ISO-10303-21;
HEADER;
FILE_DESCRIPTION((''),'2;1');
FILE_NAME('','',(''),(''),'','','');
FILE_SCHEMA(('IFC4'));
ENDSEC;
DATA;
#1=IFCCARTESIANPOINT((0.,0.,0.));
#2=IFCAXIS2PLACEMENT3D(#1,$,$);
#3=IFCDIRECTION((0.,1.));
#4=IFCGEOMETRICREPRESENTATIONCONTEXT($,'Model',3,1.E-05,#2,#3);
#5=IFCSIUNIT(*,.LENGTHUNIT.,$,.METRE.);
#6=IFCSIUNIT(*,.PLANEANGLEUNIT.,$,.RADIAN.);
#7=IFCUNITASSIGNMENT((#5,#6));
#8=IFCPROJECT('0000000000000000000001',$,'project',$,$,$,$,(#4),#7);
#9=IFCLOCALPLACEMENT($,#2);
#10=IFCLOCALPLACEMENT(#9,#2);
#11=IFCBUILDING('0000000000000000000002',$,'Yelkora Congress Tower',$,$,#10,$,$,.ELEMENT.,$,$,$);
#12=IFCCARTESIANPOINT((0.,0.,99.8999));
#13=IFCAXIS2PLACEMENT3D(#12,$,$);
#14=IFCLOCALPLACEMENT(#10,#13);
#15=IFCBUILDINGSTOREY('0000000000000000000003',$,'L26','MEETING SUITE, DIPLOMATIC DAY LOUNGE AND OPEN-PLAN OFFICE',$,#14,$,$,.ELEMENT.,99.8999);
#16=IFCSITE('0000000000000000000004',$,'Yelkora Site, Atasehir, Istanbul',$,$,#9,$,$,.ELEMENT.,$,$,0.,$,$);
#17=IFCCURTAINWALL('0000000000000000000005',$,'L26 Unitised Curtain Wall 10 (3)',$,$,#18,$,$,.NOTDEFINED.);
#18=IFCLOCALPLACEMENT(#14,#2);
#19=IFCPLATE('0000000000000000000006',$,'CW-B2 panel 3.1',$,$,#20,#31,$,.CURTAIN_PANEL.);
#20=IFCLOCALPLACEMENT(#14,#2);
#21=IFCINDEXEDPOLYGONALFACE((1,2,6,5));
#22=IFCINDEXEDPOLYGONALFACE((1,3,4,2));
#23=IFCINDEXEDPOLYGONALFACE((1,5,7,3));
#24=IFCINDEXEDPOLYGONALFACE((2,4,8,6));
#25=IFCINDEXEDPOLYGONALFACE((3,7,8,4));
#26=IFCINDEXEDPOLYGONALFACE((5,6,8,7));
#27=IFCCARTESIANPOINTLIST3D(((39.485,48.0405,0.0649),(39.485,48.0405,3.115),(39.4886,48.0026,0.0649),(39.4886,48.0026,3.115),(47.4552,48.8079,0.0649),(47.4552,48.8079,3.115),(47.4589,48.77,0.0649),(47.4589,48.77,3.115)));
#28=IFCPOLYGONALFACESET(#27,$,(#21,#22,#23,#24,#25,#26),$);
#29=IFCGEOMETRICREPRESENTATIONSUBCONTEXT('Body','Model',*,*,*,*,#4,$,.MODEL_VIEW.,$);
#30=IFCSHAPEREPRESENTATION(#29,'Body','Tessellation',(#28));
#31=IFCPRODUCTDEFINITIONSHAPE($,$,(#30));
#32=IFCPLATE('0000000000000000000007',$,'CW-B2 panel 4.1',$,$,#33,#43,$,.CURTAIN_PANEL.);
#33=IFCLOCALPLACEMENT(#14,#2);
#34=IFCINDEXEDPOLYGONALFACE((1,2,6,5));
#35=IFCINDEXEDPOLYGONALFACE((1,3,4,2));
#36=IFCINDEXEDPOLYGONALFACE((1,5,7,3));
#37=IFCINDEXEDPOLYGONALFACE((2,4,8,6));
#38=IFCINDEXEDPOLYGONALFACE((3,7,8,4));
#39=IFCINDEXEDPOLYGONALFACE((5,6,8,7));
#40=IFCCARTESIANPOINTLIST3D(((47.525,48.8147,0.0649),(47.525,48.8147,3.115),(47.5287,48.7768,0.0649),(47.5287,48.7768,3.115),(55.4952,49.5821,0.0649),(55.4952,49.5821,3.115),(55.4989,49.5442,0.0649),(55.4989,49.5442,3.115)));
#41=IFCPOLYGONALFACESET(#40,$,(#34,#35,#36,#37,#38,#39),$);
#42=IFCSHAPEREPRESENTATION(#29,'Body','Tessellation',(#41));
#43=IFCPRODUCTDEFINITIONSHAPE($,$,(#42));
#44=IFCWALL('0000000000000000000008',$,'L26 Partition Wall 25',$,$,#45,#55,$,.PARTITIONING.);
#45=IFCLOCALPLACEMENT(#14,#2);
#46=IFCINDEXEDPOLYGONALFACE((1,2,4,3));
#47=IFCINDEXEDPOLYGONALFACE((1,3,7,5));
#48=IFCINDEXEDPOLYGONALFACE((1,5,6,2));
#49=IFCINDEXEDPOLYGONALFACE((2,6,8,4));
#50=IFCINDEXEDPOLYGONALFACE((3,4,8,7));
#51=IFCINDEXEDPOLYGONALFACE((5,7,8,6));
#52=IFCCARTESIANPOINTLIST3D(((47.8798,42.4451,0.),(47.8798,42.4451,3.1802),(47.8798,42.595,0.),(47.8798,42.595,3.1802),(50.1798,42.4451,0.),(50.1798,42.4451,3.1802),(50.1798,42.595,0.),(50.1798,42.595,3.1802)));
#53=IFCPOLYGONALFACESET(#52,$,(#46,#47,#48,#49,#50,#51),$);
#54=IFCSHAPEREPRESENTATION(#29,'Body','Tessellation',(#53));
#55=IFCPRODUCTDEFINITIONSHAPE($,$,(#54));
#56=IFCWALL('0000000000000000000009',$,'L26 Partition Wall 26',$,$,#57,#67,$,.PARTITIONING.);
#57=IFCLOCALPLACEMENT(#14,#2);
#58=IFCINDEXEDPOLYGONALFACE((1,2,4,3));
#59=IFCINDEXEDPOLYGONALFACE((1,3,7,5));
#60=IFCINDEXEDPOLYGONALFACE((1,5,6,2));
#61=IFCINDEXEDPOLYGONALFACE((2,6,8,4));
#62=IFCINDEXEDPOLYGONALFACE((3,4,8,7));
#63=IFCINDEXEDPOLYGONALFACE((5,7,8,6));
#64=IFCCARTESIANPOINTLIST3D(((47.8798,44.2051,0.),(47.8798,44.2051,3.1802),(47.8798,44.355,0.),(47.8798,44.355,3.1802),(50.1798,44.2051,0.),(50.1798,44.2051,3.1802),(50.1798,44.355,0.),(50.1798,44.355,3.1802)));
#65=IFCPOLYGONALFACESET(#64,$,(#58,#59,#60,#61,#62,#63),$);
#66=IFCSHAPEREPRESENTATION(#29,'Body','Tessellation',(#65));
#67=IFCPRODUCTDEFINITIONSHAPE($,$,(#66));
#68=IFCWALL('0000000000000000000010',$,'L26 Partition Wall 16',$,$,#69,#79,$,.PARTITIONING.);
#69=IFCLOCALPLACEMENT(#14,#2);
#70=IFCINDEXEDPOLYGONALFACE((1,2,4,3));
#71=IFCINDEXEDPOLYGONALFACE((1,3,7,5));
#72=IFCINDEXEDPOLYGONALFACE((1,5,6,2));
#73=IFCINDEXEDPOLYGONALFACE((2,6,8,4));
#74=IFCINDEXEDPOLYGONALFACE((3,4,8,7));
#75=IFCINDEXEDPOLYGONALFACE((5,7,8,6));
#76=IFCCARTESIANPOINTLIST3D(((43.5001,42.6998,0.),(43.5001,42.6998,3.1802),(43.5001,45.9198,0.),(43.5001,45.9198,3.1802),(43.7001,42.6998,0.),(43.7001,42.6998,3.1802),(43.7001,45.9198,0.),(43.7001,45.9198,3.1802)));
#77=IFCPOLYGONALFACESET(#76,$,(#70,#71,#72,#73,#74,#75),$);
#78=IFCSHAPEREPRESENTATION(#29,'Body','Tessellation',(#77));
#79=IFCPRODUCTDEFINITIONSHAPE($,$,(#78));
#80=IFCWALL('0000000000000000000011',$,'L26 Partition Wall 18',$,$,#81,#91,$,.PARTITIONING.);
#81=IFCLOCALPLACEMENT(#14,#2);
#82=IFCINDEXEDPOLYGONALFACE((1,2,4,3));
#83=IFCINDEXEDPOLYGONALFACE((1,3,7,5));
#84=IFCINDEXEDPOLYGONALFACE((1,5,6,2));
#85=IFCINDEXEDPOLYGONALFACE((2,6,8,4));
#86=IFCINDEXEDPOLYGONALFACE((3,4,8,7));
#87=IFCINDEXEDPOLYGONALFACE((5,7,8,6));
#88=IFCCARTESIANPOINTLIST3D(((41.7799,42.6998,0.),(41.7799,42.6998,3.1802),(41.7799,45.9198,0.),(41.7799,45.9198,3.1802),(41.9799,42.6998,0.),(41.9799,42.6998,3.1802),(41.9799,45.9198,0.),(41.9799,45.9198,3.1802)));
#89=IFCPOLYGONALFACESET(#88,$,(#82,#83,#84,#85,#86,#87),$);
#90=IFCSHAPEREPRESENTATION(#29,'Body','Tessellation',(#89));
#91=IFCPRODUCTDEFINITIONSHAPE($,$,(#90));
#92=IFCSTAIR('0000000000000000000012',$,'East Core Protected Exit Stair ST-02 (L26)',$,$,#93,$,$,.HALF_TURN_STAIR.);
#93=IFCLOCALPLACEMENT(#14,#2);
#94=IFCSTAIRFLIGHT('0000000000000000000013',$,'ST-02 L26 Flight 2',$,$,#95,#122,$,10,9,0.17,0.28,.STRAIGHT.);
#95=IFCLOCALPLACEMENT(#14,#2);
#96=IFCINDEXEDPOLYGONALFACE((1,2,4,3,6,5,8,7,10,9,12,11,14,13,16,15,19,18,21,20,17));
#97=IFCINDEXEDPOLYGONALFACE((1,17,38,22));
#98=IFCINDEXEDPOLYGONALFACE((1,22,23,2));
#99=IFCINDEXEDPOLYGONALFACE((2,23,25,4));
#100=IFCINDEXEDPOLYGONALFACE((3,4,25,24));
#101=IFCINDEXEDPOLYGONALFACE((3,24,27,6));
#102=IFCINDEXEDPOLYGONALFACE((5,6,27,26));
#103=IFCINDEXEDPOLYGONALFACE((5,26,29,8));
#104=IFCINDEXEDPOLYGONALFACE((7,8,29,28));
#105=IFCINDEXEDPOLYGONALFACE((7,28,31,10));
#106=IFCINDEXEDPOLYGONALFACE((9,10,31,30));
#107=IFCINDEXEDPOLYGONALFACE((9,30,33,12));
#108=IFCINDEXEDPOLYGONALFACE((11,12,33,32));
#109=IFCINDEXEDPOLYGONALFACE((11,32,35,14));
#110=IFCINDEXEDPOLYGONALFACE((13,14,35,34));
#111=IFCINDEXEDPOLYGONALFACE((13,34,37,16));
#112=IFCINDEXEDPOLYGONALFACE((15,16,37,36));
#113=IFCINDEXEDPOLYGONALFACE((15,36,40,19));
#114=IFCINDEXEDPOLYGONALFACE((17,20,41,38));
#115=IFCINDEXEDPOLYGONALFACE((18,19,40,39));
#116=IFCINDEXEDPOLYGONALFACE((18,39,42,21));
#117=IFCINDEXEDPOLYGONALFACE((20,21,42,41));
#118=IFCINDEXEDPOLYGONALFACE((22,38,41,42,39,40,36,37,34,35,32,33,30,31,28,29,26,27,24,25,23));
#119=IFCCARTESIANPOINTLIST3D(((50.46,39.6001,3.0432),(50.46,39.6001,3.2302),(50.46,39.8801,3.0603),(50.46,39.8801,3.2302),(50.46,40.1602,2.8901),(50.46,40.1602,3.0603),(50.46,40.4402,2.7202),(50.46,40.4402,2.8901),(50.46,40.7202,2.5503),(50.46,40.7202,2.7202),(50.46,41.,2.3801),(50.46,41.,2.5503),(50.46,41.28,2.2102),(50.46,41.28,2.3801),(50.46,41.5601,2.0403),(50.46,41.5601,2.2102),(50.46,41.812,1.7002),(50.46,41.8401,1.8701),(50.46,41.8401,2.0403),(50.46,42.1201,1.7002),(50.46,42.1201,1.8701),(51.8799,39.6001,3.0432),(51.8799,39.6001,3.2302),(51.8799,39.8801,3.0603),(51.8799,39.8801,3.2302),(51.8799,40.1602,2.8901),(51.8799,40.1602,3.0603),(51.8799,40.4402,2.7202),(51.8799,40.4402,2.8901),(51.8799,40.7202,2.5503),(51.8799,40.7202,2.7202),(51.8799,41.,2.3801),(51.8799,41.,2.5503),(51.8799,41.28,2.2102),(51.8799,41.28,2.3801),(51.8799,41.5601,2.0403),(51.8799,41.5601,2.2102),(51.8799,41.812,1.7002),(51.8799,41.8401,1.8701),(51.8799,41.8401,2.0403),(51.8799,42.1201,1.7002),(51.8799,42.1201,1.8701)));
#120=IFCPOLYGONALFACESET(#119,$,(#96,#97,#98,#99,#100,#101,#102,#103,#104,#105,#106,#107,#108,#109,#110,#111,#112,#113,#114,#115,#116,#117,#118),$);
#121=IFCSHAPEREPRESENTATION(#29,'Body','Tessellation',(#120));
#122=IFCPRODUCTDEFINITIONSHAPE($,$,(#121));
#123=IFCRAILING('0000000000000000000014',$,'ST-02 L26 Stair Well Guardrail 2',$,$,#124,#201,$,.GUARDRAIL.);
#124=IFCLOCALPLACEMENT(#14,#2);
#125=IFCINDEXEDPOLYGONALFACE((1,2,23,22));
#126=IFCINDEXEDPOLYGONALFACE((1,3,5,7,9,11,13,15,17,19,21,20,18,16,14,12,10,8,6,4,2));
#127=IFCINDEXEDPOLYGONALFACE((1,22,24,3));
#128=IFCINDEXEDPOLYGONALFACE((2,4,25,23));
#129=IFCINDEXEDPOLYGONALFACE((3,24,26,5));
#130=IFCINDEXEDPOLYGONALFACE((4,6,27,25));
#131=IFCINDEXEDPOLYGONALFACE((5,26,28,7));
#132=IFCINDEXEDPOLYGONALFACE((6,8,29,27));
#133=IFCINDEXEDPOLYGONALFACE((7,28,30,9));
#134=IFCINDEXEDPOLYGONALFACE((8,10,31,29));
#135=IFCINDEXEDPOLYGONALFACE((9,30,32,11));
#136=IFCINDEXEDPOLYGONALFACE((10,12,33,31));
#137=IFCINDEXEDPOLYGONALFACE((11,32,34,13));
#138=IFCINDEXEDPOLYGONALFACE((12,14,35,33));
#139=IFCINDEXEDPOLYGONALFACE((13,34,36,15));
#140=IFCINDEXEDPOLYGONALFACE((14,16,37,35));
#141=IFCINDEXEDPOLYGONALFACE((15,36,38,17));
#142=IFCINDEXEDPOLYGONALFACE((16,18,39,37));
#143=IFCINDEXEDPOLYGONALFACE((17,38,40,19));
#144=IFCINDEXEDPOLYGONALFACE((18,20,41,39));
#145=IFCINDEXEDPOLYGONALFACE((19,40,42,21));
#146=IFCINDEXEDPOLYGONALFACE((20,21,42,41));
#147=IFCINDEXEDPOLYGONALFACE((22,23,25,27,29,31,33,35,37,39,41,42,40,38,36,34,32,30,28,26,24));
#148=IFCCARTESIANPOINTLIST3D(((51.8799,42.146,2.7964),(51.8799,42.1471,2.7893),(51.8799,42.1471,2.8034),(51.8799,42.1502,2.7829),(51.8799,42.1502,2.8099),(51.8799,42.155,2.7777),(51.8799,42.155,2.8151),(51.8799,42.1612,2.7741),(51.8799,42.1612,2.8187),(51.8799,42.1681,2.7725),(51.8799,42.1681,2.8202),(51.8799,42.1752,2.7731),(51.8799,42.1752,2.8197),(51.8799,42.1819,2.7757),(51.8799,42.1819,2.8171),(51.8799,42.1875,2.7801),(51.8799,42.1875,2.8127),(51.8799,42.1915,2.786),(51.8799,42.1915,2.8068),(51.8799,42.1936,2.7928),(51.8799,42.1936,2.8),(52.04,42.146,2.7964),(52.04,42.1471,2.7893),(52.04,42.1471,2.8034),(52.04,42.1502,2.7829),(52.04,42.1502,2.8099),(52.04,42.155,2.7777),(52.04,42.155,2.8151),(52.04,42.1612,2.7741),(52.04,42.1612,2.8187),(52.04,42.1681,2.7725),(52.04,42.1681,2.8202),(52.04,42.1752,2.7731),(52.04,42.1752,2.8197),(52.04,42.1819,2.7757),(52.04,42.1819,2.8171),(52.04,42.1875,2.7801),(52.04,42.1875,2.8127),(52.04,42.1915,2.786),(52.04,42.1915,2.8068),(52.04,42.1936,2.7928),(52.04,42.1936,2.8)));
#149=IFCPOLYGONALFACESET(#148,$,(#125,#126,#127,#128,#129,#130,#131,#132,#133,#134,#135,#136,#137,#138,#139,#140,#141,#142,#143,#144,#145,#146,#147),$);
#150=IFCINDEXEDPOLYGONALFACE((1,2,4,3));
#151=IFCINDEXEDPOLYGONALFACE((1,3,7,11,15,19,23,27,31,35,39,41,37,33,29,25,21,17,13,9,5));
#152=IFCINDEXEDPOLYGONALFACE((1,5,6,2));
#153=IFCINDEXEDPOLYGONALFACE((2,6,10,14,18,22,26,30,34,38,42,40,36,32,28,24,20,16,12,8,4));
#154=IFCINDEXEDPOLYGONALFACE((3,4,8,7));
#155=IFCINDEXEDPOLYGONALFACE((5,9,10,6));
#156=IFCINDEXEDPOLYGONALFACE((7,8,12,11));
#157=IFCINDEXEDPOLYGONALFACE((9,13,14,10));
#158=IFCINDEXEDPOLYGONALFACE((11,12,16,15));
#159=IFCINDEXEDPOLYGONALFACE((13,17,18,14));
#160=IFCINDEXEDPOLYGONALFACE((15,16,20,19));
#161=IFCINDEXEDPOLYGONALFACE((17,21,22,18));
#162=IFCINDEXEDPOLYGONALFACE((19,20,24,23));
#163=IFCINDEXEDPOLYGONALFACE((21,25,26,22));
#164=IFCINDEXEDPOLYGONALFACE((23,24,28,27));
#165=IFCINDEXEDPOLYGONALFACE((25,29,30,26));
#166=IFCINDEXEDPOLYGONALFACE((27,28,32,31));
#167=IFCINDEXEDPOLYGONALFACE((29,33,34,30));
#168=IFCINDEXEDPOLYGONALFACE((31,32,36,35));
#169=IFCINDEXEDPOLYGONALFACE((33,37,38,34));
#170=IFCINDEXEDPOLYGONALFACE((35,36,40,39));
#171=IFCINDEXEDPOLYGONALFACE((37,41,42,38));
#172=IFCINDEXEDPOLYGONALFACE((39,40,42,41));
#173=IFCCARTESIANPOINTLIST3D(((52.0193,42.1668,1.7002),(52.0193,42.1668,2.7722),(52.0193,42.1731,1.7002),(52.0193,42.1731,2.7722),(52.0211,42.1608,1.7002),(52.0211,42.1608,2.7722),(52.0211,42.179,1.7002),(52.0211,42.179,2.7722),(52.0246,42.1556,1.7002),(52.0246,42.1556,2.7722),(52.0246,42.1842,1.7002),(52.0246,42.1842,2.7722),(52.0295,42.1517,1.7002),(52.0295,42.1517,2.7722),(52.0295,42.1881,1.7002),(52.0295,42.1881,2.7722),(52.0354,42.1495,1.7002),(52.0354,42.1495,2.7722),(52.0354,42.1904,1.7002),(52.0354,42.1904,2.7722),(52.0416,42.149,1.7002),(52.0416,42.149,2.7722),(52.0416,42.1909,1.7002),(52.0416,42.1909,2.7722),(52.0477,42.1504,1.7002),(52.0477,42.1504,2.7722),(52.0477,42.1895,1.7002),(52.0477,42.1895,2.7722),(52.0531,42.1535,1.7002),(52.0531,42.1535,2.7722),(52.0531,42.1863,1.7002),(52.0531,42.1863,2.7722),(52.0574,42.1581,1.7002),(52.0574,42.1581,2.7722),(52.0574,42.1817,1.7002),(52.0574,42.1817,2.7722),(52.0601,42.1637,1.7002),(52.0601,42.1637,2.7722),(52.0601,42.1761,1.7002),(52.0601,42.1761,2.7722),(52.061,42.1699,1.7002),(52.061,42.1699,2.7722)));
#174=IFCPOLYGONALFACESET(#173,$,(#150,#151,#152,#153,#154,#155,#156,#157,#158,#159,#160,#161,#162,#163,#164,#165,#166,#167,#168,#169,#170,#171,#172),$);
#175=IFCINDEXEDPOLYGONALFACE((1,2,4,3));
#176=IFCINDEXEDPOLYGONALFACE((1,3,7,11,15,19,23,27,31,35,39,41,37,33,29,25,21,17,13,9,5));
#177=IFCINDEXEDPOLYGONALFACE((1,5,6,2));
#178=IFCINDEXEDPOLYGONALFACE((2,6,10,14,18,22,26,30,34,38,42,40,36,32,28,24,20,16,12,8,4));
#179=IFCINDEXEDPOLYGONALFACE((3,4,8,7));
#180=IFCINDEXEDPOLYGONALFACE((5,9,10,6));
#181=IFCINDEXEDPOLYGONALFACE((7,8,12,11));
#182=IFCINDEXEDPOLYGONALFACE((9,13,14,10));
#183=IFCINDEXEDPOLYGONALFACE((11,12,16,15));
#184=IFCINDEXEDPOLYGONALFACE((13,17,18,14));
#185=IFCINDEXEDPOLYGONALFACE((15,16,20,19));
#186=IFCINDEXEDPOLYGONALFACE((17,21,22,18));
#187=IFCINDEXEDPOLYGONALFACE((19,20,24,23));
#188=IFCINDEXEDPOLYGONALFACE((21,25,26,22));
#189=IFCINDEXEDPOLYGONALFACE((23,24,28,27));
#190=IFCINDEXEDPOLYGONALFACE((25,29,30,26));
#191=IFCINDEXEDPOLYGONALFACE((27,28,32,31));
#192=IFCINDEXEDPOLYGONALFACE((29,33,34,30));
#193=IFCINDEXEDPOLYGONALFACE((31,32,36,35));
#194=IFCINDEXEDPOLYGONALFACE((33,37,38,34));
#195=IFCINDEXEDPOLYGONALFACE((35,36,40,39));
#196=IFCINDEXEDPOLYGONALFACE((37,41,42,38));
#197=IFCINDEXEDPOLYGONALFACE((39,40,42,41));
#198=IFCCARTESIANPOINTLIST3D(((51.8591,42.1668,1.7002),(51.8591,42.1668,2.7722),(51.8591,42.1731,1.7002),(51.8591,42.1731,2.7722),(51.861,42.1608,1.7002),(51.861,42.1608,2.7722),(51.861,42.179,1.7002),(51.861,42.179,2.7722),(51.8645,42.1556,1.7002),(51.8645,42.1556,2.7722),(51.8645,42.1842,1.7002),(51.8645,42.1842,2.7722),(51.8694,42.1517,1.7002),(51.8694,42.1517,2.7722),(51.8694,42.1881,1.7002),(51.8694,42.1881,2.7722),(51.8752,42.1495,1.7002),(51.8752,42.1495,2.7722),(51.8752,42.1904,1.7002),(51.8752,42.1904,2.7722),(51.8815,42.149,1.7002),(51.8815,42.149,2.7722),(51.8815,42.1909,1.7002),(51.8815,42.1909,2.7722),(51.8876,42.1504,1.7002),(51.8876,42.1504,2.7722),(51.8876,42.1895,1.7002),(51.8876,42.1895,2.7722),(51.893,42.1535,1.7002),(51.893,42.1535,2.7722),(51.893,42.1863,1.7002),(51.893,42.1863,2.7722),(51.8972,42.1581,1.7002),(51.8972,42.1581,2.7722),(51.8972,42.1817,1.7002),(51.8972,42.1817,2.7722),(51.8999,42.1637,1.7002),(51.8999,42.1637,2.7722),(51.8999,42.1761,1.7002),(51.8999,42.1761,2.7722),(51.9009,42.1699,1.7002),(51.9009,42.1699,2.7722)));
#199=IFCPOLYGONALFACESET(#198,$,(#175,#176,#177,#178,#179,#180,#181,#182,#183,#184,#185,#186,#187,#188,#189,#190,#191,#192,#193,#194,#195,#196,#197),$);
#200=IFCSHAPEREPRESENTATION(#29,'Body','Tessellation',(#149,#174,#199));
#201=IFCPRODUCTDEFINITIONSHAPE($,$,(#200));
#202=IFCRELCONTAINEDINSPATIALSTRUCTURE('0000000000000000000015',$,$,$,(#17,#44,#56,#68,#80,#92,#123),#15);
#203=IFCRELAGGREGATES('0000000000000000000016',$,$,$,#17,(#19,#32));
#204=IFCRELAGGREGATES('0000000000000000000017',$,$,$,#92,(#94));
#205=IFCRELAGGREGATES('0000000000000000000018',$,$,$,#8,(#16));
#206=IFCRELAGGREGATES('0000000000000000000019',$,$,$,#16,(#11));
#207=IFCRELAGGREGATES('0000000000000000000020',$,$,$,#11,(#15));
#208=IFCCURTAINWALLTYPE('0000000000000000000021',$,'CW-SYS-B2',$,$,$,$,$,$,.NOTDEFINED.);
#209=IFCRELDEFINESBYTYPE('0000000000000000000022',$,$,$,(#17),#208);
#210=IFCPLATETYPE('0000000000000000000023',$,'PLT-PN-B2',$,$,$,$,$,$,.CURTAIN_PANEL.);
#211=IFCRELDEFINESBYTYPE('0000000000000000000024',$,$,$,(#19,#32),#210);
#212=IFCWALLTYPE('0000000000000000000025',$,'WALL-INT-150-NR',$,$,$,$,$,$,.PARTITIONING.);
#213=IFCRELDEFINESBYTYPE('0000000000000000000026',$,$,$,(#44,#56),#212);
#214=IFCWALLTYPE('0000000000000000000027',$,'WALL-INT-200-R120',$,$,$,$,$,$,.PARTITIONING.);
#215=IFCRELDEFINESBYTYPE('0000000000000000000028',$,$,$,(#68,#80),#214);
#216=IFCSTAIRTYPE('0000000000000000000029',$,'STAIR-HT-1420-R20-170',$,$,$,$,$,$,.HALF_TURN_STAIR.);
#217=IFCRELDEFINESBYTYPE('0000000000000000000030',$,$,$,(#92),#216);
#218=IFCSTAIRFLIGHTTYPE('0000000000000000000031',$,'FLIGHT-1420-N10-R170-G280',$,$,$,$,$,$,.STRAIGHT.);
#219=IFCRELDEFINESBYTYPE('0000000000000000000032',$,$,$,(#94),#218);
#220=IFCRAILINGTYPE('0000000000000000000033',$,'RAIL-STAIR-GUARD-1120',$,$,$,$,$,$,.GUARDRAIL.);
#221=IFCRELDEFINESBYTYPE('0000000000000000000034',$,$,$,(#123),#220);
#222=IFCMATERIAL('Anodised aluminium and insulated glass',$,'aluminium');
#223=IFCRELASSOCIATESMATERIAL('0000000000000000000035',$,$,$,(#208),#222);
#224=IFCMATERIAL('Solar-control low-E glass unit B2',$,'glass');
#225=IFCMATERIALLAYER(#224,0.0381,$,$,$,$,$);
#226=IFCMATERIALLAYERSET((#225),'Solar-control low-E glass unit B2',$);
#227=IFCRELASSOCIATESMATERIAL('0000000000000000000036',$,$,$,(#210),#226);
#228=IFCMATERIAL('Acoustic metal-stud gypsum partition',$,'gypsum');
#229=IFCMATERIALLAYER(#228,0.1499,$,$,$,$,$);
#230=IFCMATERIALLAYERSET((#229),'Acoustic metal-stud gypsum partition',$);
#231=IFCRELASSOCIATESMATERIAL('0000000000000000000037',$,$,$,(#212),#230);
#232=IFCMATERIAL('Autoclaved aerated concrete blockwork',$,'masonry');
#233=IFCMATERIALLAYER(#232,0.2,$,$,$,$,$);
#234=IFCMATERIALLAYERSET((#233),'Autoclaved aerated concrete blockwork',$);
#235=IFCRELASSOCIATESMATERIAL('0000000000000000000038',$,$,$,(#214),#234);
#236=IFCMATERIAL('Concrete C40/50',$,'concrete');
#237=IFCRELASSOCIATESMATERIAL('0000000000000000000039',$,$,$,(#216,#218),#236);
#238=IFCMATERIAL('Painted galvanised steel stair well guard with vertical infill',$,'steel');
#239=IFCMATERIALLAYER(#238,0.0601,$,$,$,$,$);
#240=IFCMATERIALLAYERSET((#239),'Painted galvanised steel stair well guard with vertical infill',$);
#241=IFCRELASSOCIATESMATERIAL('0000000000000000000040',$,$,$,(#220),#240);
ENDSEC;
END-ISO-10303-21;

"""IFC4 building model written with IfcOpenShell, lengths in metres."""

from ifc_helpers import new_model, si_unit, direction, frame, frame_2d, origin, origin_2d, place, context, subcontext, project, spatial, polyline, rectangle, circle, outline, extrude, material, layer, layer_set, type_object, element, aggregate, save


model = new_model("IFC4")

# Units and contexts
model_context = context("Model", 3, precision=1e-05, world=origin(), true_north=direction((0.0, 1.0)))
body_context = subcontext(model_context, "Body", "Model", "MODEL_VIEW")
ifc_project = project(units=[si_unit("LENGTHUNIT", "METRE"), si_unit("PLANEANGLEUNIT", "RADIAN")], contexts=[model_context])

# Site, building, storey
site_placement = place(None, origin())
site = spatial("IfcSite", under=ifc_project, at=site_placement, Name="Yelkora Site, Atasehir, Istanbul", CompositionType="ELEMENT", RefElevation=0.0)
building_placement = place(site_placement, origin())
building = spatial("IfcBuilding", under=site, at=building_placement, Name="Yelkora Congress Tower", CompositionType="ELEMENT")
storey_placement = place(building_placement, frame((0.0, 0.0, 99.8999)))
storey = spatial("IfcBuildingStorey", under=building, at=storey_placement, Name="L26", Description="MEETING SUITE, DIPLOMATIC DAY LOUNGE AND OPEN-PLAN OFFICE", CompositionType="ELEMENT", Elevation=99.8999)

# Curtain wall, plates
ifc_material_1 = material(Name="Anodised aluminium and insulated glass", Category="aluminium")
curtain_wall_type = type_object("IfcCurtainWallType", Name="CW-SYS-B2", PredefinedType="NOTDEFINED", material=ifc_material_1)
curtain_wall_placement = place(storey_placement, origin())
curtain_wall = element("IfcCurtainWall", 1, at=curtain_wall_placement, inside=storey, type_object=curtain_wall_type, Name="L26 Unitised Curtain Wall 10 (3)", PredefinedType="NOTDEFINED")
ifc_material_2 = material(Name="Solar-control low-E glass unit B2", Category="glass")
ifc_layer_1 = layer(ifc_material_2, 0.0381)
ifc_layer_set_1 = layer_set([ifc_layer_1], Name="Solar-control low-E glass unit B2")
plate_type = type_object("IfcPlateType", Name="PLT-PN-B2", PredefinedType="CURTAIN_PANEL", material=ifc_layer_set_1)
plate_1_placement = place(storey_placement, frame((43.4719, 48.4053, 0.0649), z_axis=(0.0, 0.0, 1.0), x_axis=(0.995396, 0.095844, 0.0)))
plate_1 = element("IfcPlate", 2, at=plate_1_placement, type_object=plate_type, Name="CW-B2 panel 3.1", PredefinedType="CURTAIN_PANEL", context=body_context, shape_type="SweptSolid", body=[
    extrude(rectangle(XDim=8.0071, YDim=0.0381, at=origin_2d()), origin(), (0.0, 0.0, 1.0), 3.05),
])
plate_2_placement = place(storey_placement, frame((51.512, 49.1794, 0.0649), z_axis=(0.0, 0.0, 1.0), x_axis=(0.995396, 0.095844, 0.0)))
plate_2 = element("IfcPlate", 3, at=plate_2_placement, type_object=plate_type, Name="CW-B2 panel 4.1", PredefinedType="CURTAIN_PANEL", context=body_context, shape_type="SweptSolid", body=[
    extrude(rectangle(XDim=8.0071, YDim=0.0381, at=origin_2d()), origin(), (0.0, 0.0, 1.0), 3.05),
])
aggregate(curtain_wall, [plate_1, plate_2])

# Walls
ifc_material_3 = material(Name="Acoustic metal-stud gypsum partition", Category="gypsum")
ifc_layer_2 = layer(ifc_material_3, 0.1499)
ifc_layer_set_2 = layer_set([ifc_layer_2], Name="Acoustic metal-stud gypsum partition")
wall_type_1 = type_object("IfcWallType", Name="WALL-INT-150-NR", PredefinedType="PARTITIONING", material=ifc_layer_set_2)
for number, where, z_axis, x_axis, name in (
    (4, (47.8799, 42.52, 0.0), (0.0, 0.0, 1.0), (1.0, 0.0, 0.0), "L26 Partition Wall 25"),
    (5, (47.8799, 44.28, 0.0), (0.0, 0.0, 1.0), (1.0, 0.0, 0.0), "L26 Partition Wall 26"),
):
    element("IfcWall", number, at=place(storey_placement, frame(where, z_axis=z_axis, x_axis=x_axis)), inside=storey, type_object=wall_type_1, Name=name, PredefinedType="PARTITIONING", context=body_context, shape_type="SweptSolid", body=[
        extrude(rectangle(XDim=2.3, YDim=0.1499, at=frame_2d((1.1499, 0.0))), origin(), (0.0, 0.0, 1.0), 3.1802),
    ])
ifc_material_4 = material(Name="Autoclaved aerated concrete blockwork", Category="masonry")
ifc_layer_3 = layer(ifc_material_4, 0.2)
ifc_layer_set_3 = layer_set([ifc_layer_3], Name="Autoclaved aerated concrete blockwork")
wall_type_2 = type_object("IfcWallType", Name="WALL-INT-200-R120", PredefinedType="PARTITIONING", material=ifc_layer_set_3)
for number, where, z_axis, x_axis, name in (
    (6, (43.6001, 42.7, 0.0), (0.0, 0.0, 1.0), (0.0, 1.0, 0.0), "L26 Partition Wall 16"),
    (7, (41.8799, 42.7, 0.0), (0.0, 0.0, 1.0), (0.0, 1.0, 0.0), "L26 Partition Wall 18"),
):
    element("IfcWall", number, at=place(storey_placement, frame(where, z_axis=z_axis, x_axis=x_axis)), inside=storey, type_object=wall_type_2, Name=name, PredefinedType="PARTITIONING", context=body_context, shape_type="SweptSolid", body=[
        extrude(rectangle(XDim=3.22, YDim=0.2, at=frame_2d((1.6099, 0.0))), origin(), (0.0, 0.0, 1.0), 3.1802),
    ])

# Stair, stair flight
ifc_material_5 = material(Name="Concrete C40/50", Category="concrete")
stair_type = type_object("IfcStairType", Name="STAIR-HT-1420-R20-170", PredefinedType="HALF_TURN_STAIR", material=ifc_material_5)
stair_placement = place(storey_placement, origin())
stair = element("IfcStair", 8, at=stair_placement, inside=storey, type_object=stair_type, Name="East Core Protected Exit Stair ST-02 (L26)", PredefinedType="HALF_TURN_STAIR")
stair_flight_type = type_object("IfcStairFlightType", Name="FLIGHT-1420-N10-R170-G280", PredefinedType="STRAIGHT", material=ifc_material_5)
stair_flight_placement = place(storey_placement, frame((51.1699, 42.1201, 1.7002), z_axis=(0.0, 0.0, 1.0), x_axis=(0.0, -1.0, 0.0)))
stair_flight = element("IfcStairFlight", 9, at=stair_flight_placement, type_object=stair_flight_type, Name="ST-02 L26 Flight 2", NumberOfRisers=10, NumberOfTreads=9, PredefinedType="STRAIGHT", RiserHeight=0.17, TreadLength=0.28, context=body_context, shape_type="SweptSolid", body=[
    extrude(outline(polyline([(0.0, 0.0), (0.0, 0.1699), (0.28, 0.1699), (0.28, 0.3401), (0.5601, 0.3401), (0.5601, 0.51), (0.8401, 0.51), (0.8401, 0.6799), (1.1201, 0.6799), (1.1201, 0.8501), (1.3999, 0.8501), (1.3999, 1.02), (1.6799, 1.02), (1.6799, 1.1899), (1.96, 1.1899), (1.96, 1.3601), (2.24, 1.3601), (2.24, 1.53), (2.52, 1.53), (2.52, 1.7), (2.52, 1.343), (0.3081, 0.0), (0.0, 0.0)])), frame((0.0, 0.71, 0.0), z_axis=(0.0, -1.0, 0.0), x_axis=(1.0, 0.0, 0.0)), (0.0, 0.0, 1.0), 1.4199),
])
aggregate(stair, [stair_flight])

# Railing
ifc_material_6 = material(Name="Painted galvanised steel stair well guard with vertical infill", Category="steel")
ifc_layer_4 = layer(ifc_material_6, 0.0601)
ifc_layer_set_4 = layer_set([ifc_layer_4], Name="Painted galvanised steel stair well guard with vertical infill")
railing_type_1 = type_object("IfcRailingType", Name="RAIL-STAIR-GUARD-1120", PredefinedType="GUARDRAIL", material=ifc_layer_set_4)
railing_1_placement = place(storey_placement, frame((52.04, 42.1699, 1.7002)))
element("IfcRailing", 10, at=railing_1_placement, inside=storey, type_object=railing_type_1, Name="ST-02 L26 Stair Well Guardrail 2", PredefinedType="GUARDRAIL", context=body_context, shape_type="SweptSolid", body=[
    extrude(circle(Radius=0.0239, at=origin_2d()), frame((0.0, 0.0, 1.0962), z_axis=(-1.0, 0.0, 0.0), x_axis=(0.0, -1.0, 0.0)), (0.0, 0.0, 1.0), 0.1602),
    extrude(circle(Radius=0.021, at=origin_2d()), origin(), (0.0, 0.0, 1.0), 1.072),
    extrude(circle(Radius=0.021, at=origin_2d()), frame((-0.1602, 0.0, 0.0)), (0.0, 0.0, 1.0), 1.072),
])

save(model, "model.ifc")
